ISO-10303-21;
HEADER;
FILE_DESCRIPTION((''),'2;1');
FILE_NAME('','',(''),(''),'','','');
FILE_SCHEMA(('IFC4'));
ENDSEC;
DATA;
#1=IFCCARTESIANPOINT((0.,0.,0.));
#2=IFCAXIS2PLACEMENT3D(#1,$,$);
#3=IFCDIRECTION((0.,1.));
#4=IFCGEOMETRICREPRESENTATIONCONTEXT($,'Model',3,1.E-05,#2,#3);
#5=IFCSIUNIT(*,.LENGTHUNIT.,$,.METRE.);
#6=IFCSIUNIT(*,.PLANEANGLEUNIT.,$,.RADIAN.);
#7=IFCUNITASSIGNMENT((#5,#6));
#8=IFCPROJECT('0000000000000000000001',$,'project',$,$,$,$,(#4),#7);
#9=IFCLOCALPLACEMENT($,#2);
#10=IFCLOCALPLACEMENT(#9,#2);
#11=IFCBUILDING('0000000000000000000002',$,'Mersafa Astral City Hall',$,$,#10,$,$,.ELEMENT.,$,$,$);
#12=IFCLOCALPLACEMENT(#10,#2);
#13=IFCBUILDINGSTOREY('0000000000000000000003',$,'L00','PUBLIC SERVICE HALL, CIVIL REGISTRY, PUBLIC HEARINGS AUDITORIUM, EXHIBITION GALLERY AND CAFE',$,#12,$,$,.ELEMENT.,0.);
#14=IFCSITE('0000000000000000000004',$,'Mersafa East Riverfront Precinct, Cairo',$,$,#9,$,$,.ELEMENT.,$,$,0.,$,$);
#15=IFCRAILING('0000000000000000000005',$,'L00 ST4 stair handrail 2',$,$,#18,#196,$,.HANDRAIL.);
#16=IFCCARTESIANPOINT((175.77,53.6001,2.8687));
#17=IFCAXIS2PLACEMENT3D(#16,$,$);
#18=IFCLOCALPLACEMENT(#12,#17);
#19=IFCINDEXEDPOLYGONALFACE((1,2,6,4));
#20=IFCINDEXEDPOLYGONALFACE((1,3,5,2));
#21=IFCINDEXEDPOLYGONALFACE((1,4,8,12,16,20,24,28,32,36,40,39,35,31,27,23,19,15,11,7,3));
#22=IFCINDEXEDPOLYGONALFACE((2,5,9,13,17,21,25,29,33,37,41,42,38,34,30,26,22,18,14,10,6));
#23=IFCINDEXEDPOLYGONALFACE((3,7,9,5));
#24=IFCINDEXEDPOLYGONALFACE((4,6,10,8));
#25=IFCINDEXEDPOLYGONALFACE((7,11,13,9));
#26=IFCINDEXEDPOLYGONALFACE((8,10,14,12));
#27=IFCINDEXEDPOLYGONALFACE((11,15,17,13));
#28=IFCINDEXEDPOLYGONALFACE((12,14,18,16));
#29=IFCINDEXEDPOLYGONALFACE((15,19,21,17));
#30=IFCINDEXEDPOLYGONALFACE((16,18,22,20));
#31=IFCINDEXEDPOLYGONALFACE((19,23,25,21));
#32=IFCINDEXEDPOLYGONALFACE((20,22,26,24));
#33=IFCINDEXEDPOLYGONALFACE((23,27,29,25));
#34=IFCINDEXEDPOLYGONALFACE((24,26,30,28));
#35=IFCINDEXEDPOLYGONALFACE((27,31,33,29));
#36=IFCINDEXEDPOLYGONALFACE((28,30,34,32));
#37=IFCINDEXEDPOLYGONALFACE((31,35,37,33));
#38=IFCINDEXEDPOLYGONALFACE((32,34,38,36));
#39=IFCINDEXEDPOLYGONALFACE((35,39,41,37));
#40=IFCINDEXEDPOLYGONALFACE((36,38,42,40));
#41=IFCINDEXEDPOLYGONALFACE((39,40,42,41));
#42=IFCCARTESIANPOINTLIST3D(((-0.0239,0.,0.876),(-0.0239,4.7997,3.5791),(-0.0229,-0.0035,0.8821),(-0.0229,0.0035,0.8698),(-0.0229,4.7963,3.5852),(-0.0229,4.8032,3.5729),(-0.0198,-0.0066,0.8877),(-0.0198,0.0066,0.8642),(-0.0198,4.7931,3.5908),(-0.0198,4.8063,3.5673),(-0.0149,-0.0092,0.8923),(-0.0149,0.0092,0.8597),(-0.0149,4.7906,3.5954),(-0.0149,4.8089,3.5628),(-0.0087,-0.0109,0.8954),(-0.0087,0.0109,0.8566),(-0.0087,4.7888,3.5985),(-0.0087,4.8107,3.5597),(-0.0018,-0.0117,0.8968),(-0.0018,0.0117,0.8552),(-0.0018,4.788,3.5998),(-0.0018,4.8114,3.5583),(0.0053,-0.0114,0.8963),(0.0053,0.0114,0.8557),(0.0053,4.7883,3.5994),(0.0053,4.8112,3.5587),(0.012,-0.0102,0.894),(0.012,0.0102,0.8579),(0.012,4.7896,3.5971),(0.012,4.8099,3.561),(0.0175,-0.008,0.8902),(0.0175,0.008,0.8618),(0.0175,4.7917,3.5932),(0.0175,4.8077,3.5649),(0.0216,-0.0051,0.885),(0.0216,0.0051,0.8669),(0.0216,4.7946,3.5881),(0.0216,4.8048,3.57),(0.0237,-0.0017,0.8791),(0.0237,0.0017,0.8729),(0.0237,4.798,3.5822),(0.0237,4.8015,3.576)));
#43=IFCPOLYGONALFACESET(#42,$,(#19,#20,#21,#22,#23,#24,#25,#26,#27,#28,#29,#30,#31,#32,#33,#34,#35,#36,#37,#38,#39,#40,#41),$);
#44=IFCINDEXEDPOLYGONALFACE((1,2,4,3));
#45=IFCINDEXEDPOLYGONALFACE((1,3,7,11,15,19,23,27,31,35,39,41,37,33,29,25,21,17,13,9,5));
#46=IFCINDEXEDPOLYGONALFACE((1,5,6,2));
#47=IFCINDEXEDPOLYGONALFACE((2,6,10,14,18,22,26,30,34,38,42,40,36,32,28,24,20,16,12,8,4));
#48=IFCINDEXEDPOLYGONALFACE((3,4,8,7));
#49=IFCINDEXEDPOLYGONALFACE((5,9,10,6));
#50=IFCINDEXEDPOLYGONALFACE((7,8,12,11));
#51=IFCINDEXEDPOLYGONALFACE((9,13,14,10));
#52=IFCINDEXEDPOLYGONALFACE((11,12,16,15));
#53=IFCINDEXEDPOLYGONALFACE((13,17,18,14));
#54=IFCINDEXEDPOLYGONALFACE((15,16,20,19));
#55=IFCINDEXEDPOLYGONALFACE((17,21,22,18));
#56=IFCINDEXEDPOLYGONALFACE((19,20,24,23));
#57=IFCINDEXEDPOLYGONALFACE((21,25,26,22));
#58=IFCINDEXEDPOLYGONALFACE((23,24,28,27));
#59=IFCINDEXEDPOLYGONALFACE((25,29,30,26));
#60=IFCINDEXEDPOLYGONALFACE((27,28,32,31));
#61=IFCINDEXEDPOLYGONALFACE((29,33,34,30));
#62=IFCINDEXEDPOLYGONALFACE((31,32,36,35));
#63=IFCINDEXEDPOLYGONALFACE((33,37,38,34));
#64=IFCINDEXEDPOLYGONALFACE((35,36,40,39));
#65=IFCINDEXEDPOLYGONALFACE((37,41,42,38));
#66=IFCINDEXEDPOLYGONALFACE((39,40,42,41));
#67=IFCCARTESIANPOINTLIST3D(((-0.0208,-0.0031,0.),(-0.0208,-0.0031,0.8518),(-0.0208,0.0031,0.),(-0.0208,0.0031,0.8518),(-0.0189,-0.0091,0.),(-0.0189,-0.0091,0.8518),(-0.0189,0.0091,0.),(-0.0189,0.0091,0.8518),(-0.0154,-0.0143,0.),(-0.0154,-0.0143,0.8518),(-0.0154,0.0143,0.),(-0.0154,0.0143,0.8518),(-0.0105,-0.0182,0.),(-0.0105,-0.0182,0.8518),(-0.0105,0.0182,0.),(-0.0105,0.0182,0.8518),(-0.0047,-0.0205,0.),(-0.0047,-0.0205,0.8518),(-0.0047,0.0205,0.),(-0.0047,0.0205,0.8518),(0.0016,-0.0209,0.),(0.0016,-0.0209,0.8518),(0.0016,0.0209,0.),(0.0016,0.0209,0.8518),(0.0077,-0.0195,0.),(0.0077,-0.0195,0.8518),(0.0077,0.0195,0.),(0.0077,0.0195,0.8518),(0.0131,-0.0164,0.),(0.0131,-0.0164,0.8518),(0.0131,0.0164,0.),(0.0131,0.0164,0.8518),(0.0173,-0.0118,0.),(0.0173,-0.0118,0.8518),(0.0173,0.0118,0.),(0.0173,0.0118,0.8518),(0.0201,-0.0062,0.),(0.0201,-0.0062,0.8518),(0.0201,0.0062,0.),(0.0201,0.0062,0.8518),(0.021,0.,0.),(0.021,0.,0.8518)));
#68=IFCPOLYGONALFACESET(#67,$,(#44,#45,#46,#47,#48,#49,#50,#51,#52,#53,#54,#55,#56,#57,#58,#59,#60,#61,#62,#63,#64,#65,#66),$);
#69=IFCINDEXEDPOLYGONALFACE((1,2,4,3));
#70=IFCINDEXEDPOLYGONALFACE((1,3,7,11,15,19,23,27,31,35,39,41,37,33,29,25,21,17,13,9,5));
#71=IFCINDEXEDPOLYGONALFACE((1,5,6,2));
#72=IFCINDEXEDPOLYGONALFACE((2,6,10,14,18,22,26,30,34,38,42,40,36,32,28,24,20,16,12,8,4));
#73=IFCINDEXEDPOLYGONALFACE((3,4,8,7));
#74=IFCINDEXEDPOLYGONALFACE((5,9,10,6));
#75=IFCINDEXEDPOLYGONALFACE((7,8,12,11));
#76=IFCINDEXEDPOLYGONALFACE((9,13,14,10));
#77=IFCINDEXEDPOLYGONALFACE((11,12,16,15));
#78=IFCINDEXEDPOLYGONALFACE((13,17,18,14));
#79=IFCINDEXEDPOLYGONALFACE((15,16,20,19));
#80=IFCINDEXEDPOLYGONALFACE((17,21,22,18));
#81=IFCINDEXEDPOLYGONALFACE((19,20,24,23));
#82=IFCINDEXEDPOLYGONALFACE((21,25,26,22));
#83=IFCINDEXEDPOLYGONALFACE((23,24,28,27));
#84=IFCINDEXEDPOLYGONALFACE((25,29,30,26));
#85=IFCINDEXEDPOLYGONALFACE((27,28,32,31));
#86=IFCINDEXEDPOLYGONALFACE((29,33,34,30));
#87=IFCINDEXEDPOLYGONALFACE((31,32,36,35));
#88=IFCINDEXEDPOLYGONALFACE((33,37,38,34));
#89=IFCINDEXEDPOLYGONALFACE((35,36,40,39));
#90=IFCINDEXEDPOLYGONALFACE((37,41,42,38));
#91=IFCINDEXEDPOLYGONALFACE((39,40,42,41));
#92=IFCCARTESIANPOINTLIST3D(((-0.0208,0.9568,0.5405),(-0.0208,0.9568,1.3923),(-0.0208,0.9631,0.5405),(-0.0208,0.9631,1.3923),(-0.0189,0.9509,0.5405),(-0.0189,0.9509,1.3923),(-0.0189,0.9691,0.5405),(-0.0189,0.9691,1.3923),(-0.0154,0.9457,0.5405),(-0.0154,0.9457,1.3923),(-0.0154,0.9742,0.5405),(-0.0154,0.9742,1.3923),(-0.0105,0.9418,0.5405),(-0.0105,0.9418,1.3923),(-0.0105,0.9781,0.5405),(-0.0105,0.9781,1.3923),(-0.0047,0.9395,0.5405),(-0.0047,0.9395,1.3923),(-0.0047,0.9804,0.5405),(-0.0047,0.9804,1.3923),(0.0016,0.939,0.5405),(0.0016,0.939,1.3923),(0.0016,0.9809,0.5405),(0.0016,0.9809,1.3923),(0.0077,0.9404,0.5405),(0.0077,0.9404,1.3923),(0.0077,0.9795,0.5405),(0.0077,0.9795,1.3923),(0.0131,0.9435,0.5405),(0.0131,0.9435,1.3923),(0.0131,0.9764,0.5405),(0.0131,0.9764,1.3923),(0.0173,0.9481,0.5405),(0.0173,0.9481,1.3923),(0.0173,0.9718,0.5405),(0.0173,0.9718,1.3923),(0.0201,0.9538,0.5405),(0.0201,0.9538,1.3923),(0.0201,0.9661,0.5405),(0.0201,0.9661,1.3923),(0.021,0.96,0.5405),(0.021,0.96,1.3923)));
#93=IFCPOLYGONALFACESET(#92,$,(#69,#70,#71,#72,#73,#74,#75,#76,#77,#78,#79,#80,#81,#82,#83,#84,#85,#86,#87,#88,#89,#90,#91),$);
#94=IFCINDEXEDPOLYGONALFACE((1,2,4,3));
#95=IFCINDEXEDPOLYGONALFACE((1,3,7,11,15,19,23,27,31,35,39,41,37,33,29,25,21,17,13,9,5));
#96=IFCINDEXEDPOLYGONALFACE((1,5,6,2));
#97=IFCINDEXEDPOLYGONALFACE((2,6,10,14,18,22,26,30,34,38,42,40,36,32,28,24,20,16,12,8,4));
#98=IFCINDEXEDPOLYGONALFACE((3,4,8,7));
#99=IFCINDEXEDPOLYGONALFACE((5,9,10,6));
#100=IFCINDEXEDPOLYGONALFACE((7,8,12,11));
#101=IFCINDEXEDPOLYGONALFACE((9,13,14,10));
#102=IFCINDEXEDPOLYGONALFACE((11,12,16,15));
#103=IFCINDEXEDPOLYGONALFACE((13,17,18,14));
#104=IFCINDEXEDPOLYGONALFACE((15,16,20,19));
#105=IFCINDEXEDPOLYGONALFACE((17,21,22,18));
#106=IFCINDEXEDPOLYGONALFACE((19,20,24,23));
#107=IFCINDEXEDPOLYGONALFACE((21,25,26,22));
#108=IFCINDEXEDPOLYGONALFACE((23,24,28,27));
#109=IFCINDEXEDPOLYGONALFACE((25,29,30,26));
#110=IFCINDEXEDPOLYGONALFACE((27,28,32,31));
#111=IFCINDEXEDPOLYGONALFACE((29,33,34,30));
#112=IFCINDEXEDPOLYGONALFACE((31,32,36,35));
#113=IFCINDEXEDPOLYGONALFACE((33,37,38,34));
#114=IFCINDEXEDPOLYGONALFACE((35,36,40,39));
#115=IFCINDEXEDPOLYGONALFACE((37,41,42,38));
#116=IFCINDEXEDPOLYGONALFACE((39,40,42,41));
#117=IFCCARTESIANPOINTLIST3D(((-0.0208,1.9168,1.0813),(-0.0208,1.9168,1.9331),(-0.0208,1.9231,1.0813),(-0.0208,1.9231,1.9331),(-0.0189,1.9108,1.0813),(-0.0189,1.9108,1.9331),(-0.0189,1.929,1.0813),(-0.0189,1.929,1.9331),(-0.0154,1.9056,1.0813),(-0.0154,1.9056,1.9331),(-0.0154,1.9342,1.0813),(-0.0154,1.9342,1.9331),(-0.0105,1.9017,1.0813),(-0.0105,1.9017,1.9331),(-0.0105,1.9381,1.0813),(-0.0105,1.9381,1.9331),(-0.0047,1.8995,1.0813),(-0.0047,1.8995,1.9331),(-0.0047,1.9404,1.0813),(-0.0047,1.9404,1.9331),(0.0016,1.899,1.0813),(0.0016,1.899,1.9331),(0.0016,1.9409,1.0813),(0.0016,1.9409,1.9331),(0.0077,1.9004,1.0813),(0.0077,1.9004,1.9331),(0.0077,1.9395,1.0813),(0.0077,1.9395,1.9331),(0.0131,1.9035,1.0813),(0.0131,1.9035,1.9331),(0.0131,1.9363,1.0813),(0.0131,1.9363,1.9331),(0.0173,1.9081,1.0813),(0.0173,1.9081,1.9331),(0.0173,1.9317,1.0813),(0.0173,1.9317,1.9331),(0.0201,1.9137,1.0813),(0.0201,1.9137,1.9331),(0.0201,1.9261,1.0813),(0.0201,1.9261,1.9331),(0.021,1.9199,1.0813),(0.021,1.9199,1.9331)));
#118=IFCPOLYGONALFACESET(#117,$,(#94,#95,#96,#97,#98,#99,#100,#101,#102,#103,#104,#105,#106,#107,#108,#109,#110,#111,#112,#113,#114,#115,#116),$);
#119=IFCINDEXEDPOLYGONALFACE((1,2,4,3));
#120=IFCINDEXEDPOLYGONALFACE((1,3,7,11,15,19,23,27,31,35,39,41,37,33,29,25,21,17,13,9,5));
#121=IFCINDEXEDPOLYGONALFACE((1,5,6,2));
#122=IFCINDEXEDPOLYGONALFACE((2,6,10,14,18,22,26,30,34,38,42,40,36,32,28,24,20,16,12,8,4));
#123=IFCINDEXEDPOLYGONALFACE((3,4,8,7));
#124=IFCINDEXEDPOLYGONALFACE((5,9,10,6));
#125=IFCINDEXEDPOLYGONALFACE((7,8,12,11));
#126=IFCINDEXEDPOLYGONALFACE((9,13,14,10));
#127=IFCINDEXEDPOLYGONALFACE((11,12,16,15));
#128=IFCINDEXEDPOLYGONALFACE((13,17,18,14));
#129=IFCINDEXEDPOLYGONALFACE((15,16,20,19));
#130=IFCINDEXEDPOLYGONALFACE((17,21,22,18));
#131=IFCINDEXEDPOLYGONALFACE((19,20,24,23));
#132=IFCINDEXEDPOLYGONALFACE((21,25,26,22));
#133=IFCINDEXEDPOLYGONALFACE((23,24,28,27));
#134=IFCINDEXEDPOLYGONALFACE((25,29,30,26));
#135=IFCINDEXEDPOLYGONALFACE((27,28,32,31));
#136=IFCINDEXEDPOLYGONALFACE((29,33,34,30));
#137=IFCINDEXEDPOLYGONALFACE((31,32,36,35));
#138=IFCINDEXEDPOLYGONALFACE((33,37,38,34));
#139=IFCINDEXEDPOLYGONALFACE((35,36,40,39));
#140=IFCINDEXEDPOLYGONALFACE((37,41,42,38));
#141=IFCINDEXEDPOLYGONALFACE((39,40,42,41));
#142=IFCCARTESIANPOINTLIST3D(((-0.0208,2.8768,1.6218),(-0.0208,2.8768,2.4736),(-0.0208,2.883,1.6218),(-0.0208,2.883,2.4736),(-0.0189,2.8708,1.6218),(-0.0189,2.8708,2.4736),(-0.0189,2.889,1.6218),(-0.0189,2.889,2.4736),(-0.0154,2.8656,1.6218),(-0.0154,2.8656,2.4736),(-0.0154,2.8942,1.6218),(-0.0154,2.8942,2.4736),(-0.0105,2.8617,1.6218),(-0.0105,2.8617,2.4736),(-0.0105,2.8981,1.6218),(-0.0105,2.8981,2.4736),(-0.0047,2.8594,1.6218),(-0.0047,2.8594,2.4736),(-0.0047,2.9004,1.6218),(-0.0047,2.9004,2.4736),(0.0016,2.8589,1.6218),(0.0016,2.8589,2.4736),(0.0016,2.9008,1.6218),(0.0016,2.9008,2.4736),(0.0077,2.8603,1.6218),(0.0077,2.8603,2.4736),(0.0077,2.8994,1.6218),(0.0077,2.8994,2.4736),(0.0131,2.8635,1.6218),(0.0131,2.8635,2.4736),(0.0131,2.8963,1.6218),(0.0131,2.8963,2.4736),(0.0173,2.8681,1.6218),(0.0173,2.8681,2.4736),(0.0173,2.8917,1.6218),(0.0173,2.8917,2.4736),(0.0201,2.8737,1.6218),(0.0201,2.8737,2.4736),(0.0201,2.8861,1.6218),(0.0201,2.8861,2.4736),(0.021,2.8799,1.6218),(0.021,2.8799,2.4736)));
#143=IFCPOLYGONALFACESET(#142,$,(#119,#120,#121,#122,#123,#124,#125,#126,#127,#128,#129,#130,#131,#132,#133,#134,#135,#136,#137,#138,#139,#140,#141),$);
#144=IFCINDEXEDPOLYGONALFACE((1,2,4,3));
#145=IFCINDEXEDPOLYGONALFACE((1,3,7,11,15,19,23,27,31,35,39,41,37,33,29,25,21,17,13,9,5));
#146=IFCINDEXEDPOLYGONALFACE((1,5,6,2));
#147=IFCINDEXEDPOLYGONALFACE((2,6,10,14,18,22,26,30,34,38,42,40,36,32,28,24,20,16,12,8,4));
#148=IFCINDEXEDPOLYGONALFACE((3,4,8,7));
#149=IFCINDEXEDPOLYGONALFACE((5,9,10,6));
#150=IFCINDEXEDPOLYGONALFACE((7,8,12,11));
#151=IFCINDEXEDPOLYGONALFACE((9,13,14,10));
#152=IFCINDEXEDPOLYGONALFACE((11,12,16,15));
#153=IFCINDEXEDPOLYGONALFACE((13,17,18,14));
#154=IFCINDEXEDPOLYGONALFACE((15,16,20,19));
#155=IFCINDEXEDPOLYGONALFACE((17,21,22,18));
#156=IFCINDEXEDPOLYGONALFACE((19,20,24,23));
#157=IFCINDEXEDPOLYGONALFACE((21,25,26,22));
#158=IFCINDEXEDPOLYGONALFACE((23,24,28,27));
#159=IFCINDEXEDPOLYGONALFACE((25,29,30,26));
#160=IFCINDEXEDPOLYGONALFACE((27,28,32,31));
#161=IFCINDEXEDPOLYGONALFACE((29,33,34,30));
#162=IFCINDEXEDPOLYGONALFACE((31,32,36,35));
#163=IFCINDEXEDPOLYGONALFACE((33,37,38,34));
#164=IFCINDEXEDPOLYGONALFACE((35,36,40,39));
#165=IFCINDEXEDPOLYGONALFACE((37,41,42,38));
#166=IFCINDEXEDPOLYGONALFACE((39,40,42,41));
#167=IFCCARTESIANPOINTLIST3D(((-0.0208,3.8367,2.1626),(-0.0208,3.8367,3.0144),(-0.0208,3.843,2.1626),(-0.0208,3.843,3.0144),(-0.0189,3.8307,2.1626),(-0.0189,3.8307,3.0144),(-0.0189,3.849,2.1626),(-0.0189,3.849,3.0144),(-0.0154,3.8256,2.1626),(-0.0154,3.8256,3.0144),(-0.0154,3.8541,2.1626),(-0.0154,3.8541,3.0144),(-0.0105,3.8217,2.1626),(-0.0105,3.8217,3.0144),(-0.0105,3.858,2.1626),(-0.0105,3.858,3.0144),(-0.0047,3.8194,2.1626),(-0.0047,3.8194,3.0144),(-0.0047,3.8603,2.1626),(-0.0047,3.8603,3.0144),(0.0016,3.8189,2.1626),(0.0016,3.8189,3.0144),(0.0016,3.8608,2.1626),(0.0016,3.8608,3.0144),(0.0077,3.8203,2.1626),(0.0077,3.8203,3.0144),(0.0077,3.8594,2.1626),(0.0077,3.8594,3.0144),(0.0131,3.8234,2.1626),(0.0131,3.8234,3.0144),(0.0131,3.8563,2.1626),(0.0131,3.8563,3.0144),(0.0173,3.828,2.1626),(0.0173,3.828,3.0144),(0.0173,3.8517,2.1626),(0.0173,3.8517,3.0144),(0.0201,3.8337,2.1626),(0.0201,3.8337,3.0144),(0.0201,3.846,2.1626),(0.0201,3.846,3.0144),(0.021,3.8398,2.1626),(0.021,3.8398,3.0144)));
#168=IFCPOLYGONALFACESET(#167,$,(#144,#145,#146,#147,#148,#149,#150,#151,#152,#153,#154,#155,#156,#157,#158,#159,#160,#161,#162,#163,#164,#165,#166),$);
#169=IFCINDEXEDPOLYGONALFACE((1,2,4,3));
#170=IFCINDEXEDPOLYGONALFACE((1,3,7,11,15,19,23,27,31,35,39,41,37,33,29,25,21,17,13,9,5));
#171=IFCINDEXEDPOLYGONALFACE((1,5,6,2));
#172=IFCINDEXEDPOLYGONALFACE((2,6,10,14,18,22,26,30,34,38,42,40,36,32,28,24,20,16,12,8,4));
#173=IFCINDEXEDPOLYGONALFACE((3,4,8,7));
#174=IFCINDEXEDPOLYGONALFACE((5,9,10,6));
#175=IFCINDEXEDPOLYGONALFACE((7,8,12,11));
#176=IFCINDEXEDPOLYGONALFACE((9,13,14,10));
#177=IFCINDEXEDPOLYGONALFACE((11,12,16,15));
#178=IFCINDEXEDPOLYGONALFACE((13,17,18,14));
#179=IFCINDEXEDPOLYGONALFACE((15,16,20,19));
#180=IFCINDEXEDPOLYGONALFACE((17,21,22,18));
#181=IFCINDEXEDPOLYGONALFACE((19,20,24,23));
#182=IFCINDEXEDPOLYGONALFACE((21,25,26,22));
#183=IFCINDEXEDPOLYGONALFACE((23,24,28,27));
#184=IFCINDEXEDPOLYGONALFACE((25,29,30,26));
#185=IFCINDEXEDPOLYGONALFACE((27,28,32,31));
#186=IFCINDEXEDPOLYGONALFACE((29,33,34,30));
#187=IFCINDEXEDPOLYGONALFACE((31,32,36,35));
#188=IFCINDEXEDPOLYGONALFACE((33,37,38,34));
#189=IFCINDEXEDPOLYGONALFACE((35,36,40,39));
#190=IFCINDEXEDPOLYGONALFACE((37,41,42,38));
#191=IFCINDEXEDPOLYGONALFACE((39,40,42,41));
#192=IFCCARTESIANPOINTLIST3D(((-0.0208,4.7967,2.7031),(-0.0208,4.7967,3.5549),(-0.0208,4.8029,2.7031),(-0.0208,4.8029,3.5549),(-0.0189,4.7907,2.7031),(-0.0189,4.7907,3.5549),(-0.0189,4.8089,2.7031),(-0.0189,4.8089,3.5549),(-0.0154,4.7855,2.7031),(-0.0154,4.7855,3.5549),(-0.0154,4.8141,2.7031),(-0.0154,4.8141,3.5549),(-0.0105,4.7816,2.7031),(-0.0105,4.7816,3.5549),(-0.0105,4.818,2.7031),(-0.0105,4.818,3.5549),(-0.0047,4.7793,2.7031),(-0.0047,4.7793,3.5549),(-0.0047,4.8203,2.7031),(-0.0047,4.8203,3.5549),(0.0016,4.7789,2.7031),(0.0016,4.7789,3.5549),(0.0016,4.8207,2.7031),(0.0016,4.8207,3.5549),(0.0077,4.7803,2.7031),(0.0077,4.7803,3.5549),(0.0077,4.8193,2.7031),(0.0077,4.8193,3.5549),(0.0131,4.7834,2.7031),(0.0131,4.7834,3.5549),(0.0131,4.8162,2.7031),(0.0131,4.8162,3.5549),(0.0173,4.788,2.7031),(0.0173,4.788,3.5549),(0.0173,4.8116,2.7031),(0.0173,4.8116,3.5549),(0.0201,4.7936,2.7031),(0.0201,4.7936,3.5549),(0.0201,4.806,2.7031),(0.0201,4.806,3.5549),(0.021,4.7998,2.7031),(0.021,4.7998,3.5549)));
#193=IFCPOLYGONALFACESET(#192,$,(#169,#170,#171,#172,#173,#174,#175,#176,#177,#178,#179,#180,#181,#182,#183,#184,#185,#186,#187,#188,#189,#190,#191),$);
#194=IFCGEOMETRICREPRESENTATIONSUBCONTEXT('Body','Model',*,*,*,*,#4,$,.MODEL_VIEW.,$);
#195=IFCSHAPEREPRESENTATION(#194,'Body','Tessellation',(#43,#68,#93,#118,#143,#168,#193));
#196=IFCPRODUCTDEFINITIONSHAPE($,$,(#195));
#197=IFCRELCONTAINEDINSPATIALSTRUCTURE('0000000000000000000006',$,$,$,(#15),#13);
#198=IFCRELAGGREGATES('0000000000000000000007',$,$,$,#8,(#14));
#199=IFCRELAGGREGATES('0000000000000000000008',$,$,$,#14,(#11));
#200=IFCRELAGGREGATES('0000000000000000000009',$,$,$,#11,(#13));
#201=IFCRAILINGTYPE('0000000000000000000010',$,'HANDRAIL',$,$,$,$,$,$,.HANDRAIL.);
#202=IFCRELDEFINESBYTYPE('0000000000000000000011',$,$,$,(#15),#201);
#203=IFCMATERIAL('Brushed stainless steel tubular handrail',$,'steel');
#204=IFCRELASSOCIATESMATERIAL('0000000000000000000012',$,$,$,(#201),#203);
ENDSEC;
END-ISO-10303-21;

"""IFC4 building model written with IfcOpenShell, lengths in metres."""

from ifc_helpers import new_model, si_unit, direction, frame, origin, origin_2d, place, context, subcontext, project, spatial, circle, extrude, material, type_object, element, save


model = new_model("IFC4")

# Units and contexts
model_context = context("Model", 3, precision=1e-05, world=origin(), true_north=direction((0.0, 1.0)))
body_context = subcontext(model_context, "Body", "Model", "MODEL_VIEW")
ifc_project = project(units=[si_unit("LENGTHUNIT", "METRE"), si_unit("PLANEANGLEUNIT", "RADIAN")], contexts=[model_context])

# Site, building, storey
site_placement = place(None, origin())
site = spatial("IfcSite", under=ifc_project, at=site_placement, Name="Mersafa East Riverfront Precinct, Cairo", CompositionType="ELEMENT", RefElevation=0.0)
building_placement = place(site_placement, origin())
building = spatial("IfcBuilding", under=site, at=building_placement, Name="Mersafa Astral City Hall", CompositionType="ELEMENT")
storey_placement = place(building_placement, origin())
storey = spatial("IfcBuildingStorey", under=building, at=storey_placement, Name="L00", Description="PUBLIC SERVICE HALL, CIVIL REGISTRY, PUBLIC HEARINGS AUDITORIUM, EXHIBITION GALLERY AND CAFE", CompositionType="ELEMENT", Elevation=0.0)

# Railing
ifc_material_1 = material(Name="Brushed stainless steel tubular handrail", Category="steel")
railing_type_1 = type_object("IfcRailingType", Name="HANDRAIL", PredefinedType="HANDRAIL", material=ifc_material_1)
railing_1_placement = place(storey_placement, frame((175.77, 53.6001, 2.8687)))
element("IfcRailing", 1, at=railing_1_placement, inside=storey, type_object=railing_type_1, Name="L00 ST4 stair handrail 2", PredefinedType="HANDRAIL", context=body_context, shape_type="SweptSolid", body=[
    extrude(circle(Radius=0.0239, at=origin_2d()), frame((0.0, 0.0, 0.876), z_axis=(0.0, 0.871324, 0.490707), x_axis=(-1.0, 0.0, 0.0)), (0.0, 0.0, 1.0), 5.5085),
    extrude(circle(Radius=0.021, at=origin_2d()), origin(), (0.0, 0.0, 1.0), 0.8518),
    extrude(circle(Radius=0.021, at=origin_2d()), frame((0.0, 0.96, 0.5405)), (0.0, 0.0, 1.0), 0.8518),
    extrude(circle(Radius=0.021, at=origin_2d()), frame((0.0, 1.9199, 1.0813)), (0.0, 0.0, 1.0), 0.8518),
    extrude(circle(Radius=0.021, at=origin_2d()), frame((0.0, 2.8799, 1.6218)), (0.0, 0.0, 1.0), 0.8518),
    extrude(circle(Radius=0.021, at=origin_2d()), frame((0.0, 3.8398, 2.1626)), (0.0, 0.0, 1.0), 0.8518),
    extrude(circle(Radius=0.021, at=origin_2d()), frame((0.0, 4.7998, 2.7031)), (0.0, 0.0, 1.0), 0.8518),
])

save(model, "model.ifc")
